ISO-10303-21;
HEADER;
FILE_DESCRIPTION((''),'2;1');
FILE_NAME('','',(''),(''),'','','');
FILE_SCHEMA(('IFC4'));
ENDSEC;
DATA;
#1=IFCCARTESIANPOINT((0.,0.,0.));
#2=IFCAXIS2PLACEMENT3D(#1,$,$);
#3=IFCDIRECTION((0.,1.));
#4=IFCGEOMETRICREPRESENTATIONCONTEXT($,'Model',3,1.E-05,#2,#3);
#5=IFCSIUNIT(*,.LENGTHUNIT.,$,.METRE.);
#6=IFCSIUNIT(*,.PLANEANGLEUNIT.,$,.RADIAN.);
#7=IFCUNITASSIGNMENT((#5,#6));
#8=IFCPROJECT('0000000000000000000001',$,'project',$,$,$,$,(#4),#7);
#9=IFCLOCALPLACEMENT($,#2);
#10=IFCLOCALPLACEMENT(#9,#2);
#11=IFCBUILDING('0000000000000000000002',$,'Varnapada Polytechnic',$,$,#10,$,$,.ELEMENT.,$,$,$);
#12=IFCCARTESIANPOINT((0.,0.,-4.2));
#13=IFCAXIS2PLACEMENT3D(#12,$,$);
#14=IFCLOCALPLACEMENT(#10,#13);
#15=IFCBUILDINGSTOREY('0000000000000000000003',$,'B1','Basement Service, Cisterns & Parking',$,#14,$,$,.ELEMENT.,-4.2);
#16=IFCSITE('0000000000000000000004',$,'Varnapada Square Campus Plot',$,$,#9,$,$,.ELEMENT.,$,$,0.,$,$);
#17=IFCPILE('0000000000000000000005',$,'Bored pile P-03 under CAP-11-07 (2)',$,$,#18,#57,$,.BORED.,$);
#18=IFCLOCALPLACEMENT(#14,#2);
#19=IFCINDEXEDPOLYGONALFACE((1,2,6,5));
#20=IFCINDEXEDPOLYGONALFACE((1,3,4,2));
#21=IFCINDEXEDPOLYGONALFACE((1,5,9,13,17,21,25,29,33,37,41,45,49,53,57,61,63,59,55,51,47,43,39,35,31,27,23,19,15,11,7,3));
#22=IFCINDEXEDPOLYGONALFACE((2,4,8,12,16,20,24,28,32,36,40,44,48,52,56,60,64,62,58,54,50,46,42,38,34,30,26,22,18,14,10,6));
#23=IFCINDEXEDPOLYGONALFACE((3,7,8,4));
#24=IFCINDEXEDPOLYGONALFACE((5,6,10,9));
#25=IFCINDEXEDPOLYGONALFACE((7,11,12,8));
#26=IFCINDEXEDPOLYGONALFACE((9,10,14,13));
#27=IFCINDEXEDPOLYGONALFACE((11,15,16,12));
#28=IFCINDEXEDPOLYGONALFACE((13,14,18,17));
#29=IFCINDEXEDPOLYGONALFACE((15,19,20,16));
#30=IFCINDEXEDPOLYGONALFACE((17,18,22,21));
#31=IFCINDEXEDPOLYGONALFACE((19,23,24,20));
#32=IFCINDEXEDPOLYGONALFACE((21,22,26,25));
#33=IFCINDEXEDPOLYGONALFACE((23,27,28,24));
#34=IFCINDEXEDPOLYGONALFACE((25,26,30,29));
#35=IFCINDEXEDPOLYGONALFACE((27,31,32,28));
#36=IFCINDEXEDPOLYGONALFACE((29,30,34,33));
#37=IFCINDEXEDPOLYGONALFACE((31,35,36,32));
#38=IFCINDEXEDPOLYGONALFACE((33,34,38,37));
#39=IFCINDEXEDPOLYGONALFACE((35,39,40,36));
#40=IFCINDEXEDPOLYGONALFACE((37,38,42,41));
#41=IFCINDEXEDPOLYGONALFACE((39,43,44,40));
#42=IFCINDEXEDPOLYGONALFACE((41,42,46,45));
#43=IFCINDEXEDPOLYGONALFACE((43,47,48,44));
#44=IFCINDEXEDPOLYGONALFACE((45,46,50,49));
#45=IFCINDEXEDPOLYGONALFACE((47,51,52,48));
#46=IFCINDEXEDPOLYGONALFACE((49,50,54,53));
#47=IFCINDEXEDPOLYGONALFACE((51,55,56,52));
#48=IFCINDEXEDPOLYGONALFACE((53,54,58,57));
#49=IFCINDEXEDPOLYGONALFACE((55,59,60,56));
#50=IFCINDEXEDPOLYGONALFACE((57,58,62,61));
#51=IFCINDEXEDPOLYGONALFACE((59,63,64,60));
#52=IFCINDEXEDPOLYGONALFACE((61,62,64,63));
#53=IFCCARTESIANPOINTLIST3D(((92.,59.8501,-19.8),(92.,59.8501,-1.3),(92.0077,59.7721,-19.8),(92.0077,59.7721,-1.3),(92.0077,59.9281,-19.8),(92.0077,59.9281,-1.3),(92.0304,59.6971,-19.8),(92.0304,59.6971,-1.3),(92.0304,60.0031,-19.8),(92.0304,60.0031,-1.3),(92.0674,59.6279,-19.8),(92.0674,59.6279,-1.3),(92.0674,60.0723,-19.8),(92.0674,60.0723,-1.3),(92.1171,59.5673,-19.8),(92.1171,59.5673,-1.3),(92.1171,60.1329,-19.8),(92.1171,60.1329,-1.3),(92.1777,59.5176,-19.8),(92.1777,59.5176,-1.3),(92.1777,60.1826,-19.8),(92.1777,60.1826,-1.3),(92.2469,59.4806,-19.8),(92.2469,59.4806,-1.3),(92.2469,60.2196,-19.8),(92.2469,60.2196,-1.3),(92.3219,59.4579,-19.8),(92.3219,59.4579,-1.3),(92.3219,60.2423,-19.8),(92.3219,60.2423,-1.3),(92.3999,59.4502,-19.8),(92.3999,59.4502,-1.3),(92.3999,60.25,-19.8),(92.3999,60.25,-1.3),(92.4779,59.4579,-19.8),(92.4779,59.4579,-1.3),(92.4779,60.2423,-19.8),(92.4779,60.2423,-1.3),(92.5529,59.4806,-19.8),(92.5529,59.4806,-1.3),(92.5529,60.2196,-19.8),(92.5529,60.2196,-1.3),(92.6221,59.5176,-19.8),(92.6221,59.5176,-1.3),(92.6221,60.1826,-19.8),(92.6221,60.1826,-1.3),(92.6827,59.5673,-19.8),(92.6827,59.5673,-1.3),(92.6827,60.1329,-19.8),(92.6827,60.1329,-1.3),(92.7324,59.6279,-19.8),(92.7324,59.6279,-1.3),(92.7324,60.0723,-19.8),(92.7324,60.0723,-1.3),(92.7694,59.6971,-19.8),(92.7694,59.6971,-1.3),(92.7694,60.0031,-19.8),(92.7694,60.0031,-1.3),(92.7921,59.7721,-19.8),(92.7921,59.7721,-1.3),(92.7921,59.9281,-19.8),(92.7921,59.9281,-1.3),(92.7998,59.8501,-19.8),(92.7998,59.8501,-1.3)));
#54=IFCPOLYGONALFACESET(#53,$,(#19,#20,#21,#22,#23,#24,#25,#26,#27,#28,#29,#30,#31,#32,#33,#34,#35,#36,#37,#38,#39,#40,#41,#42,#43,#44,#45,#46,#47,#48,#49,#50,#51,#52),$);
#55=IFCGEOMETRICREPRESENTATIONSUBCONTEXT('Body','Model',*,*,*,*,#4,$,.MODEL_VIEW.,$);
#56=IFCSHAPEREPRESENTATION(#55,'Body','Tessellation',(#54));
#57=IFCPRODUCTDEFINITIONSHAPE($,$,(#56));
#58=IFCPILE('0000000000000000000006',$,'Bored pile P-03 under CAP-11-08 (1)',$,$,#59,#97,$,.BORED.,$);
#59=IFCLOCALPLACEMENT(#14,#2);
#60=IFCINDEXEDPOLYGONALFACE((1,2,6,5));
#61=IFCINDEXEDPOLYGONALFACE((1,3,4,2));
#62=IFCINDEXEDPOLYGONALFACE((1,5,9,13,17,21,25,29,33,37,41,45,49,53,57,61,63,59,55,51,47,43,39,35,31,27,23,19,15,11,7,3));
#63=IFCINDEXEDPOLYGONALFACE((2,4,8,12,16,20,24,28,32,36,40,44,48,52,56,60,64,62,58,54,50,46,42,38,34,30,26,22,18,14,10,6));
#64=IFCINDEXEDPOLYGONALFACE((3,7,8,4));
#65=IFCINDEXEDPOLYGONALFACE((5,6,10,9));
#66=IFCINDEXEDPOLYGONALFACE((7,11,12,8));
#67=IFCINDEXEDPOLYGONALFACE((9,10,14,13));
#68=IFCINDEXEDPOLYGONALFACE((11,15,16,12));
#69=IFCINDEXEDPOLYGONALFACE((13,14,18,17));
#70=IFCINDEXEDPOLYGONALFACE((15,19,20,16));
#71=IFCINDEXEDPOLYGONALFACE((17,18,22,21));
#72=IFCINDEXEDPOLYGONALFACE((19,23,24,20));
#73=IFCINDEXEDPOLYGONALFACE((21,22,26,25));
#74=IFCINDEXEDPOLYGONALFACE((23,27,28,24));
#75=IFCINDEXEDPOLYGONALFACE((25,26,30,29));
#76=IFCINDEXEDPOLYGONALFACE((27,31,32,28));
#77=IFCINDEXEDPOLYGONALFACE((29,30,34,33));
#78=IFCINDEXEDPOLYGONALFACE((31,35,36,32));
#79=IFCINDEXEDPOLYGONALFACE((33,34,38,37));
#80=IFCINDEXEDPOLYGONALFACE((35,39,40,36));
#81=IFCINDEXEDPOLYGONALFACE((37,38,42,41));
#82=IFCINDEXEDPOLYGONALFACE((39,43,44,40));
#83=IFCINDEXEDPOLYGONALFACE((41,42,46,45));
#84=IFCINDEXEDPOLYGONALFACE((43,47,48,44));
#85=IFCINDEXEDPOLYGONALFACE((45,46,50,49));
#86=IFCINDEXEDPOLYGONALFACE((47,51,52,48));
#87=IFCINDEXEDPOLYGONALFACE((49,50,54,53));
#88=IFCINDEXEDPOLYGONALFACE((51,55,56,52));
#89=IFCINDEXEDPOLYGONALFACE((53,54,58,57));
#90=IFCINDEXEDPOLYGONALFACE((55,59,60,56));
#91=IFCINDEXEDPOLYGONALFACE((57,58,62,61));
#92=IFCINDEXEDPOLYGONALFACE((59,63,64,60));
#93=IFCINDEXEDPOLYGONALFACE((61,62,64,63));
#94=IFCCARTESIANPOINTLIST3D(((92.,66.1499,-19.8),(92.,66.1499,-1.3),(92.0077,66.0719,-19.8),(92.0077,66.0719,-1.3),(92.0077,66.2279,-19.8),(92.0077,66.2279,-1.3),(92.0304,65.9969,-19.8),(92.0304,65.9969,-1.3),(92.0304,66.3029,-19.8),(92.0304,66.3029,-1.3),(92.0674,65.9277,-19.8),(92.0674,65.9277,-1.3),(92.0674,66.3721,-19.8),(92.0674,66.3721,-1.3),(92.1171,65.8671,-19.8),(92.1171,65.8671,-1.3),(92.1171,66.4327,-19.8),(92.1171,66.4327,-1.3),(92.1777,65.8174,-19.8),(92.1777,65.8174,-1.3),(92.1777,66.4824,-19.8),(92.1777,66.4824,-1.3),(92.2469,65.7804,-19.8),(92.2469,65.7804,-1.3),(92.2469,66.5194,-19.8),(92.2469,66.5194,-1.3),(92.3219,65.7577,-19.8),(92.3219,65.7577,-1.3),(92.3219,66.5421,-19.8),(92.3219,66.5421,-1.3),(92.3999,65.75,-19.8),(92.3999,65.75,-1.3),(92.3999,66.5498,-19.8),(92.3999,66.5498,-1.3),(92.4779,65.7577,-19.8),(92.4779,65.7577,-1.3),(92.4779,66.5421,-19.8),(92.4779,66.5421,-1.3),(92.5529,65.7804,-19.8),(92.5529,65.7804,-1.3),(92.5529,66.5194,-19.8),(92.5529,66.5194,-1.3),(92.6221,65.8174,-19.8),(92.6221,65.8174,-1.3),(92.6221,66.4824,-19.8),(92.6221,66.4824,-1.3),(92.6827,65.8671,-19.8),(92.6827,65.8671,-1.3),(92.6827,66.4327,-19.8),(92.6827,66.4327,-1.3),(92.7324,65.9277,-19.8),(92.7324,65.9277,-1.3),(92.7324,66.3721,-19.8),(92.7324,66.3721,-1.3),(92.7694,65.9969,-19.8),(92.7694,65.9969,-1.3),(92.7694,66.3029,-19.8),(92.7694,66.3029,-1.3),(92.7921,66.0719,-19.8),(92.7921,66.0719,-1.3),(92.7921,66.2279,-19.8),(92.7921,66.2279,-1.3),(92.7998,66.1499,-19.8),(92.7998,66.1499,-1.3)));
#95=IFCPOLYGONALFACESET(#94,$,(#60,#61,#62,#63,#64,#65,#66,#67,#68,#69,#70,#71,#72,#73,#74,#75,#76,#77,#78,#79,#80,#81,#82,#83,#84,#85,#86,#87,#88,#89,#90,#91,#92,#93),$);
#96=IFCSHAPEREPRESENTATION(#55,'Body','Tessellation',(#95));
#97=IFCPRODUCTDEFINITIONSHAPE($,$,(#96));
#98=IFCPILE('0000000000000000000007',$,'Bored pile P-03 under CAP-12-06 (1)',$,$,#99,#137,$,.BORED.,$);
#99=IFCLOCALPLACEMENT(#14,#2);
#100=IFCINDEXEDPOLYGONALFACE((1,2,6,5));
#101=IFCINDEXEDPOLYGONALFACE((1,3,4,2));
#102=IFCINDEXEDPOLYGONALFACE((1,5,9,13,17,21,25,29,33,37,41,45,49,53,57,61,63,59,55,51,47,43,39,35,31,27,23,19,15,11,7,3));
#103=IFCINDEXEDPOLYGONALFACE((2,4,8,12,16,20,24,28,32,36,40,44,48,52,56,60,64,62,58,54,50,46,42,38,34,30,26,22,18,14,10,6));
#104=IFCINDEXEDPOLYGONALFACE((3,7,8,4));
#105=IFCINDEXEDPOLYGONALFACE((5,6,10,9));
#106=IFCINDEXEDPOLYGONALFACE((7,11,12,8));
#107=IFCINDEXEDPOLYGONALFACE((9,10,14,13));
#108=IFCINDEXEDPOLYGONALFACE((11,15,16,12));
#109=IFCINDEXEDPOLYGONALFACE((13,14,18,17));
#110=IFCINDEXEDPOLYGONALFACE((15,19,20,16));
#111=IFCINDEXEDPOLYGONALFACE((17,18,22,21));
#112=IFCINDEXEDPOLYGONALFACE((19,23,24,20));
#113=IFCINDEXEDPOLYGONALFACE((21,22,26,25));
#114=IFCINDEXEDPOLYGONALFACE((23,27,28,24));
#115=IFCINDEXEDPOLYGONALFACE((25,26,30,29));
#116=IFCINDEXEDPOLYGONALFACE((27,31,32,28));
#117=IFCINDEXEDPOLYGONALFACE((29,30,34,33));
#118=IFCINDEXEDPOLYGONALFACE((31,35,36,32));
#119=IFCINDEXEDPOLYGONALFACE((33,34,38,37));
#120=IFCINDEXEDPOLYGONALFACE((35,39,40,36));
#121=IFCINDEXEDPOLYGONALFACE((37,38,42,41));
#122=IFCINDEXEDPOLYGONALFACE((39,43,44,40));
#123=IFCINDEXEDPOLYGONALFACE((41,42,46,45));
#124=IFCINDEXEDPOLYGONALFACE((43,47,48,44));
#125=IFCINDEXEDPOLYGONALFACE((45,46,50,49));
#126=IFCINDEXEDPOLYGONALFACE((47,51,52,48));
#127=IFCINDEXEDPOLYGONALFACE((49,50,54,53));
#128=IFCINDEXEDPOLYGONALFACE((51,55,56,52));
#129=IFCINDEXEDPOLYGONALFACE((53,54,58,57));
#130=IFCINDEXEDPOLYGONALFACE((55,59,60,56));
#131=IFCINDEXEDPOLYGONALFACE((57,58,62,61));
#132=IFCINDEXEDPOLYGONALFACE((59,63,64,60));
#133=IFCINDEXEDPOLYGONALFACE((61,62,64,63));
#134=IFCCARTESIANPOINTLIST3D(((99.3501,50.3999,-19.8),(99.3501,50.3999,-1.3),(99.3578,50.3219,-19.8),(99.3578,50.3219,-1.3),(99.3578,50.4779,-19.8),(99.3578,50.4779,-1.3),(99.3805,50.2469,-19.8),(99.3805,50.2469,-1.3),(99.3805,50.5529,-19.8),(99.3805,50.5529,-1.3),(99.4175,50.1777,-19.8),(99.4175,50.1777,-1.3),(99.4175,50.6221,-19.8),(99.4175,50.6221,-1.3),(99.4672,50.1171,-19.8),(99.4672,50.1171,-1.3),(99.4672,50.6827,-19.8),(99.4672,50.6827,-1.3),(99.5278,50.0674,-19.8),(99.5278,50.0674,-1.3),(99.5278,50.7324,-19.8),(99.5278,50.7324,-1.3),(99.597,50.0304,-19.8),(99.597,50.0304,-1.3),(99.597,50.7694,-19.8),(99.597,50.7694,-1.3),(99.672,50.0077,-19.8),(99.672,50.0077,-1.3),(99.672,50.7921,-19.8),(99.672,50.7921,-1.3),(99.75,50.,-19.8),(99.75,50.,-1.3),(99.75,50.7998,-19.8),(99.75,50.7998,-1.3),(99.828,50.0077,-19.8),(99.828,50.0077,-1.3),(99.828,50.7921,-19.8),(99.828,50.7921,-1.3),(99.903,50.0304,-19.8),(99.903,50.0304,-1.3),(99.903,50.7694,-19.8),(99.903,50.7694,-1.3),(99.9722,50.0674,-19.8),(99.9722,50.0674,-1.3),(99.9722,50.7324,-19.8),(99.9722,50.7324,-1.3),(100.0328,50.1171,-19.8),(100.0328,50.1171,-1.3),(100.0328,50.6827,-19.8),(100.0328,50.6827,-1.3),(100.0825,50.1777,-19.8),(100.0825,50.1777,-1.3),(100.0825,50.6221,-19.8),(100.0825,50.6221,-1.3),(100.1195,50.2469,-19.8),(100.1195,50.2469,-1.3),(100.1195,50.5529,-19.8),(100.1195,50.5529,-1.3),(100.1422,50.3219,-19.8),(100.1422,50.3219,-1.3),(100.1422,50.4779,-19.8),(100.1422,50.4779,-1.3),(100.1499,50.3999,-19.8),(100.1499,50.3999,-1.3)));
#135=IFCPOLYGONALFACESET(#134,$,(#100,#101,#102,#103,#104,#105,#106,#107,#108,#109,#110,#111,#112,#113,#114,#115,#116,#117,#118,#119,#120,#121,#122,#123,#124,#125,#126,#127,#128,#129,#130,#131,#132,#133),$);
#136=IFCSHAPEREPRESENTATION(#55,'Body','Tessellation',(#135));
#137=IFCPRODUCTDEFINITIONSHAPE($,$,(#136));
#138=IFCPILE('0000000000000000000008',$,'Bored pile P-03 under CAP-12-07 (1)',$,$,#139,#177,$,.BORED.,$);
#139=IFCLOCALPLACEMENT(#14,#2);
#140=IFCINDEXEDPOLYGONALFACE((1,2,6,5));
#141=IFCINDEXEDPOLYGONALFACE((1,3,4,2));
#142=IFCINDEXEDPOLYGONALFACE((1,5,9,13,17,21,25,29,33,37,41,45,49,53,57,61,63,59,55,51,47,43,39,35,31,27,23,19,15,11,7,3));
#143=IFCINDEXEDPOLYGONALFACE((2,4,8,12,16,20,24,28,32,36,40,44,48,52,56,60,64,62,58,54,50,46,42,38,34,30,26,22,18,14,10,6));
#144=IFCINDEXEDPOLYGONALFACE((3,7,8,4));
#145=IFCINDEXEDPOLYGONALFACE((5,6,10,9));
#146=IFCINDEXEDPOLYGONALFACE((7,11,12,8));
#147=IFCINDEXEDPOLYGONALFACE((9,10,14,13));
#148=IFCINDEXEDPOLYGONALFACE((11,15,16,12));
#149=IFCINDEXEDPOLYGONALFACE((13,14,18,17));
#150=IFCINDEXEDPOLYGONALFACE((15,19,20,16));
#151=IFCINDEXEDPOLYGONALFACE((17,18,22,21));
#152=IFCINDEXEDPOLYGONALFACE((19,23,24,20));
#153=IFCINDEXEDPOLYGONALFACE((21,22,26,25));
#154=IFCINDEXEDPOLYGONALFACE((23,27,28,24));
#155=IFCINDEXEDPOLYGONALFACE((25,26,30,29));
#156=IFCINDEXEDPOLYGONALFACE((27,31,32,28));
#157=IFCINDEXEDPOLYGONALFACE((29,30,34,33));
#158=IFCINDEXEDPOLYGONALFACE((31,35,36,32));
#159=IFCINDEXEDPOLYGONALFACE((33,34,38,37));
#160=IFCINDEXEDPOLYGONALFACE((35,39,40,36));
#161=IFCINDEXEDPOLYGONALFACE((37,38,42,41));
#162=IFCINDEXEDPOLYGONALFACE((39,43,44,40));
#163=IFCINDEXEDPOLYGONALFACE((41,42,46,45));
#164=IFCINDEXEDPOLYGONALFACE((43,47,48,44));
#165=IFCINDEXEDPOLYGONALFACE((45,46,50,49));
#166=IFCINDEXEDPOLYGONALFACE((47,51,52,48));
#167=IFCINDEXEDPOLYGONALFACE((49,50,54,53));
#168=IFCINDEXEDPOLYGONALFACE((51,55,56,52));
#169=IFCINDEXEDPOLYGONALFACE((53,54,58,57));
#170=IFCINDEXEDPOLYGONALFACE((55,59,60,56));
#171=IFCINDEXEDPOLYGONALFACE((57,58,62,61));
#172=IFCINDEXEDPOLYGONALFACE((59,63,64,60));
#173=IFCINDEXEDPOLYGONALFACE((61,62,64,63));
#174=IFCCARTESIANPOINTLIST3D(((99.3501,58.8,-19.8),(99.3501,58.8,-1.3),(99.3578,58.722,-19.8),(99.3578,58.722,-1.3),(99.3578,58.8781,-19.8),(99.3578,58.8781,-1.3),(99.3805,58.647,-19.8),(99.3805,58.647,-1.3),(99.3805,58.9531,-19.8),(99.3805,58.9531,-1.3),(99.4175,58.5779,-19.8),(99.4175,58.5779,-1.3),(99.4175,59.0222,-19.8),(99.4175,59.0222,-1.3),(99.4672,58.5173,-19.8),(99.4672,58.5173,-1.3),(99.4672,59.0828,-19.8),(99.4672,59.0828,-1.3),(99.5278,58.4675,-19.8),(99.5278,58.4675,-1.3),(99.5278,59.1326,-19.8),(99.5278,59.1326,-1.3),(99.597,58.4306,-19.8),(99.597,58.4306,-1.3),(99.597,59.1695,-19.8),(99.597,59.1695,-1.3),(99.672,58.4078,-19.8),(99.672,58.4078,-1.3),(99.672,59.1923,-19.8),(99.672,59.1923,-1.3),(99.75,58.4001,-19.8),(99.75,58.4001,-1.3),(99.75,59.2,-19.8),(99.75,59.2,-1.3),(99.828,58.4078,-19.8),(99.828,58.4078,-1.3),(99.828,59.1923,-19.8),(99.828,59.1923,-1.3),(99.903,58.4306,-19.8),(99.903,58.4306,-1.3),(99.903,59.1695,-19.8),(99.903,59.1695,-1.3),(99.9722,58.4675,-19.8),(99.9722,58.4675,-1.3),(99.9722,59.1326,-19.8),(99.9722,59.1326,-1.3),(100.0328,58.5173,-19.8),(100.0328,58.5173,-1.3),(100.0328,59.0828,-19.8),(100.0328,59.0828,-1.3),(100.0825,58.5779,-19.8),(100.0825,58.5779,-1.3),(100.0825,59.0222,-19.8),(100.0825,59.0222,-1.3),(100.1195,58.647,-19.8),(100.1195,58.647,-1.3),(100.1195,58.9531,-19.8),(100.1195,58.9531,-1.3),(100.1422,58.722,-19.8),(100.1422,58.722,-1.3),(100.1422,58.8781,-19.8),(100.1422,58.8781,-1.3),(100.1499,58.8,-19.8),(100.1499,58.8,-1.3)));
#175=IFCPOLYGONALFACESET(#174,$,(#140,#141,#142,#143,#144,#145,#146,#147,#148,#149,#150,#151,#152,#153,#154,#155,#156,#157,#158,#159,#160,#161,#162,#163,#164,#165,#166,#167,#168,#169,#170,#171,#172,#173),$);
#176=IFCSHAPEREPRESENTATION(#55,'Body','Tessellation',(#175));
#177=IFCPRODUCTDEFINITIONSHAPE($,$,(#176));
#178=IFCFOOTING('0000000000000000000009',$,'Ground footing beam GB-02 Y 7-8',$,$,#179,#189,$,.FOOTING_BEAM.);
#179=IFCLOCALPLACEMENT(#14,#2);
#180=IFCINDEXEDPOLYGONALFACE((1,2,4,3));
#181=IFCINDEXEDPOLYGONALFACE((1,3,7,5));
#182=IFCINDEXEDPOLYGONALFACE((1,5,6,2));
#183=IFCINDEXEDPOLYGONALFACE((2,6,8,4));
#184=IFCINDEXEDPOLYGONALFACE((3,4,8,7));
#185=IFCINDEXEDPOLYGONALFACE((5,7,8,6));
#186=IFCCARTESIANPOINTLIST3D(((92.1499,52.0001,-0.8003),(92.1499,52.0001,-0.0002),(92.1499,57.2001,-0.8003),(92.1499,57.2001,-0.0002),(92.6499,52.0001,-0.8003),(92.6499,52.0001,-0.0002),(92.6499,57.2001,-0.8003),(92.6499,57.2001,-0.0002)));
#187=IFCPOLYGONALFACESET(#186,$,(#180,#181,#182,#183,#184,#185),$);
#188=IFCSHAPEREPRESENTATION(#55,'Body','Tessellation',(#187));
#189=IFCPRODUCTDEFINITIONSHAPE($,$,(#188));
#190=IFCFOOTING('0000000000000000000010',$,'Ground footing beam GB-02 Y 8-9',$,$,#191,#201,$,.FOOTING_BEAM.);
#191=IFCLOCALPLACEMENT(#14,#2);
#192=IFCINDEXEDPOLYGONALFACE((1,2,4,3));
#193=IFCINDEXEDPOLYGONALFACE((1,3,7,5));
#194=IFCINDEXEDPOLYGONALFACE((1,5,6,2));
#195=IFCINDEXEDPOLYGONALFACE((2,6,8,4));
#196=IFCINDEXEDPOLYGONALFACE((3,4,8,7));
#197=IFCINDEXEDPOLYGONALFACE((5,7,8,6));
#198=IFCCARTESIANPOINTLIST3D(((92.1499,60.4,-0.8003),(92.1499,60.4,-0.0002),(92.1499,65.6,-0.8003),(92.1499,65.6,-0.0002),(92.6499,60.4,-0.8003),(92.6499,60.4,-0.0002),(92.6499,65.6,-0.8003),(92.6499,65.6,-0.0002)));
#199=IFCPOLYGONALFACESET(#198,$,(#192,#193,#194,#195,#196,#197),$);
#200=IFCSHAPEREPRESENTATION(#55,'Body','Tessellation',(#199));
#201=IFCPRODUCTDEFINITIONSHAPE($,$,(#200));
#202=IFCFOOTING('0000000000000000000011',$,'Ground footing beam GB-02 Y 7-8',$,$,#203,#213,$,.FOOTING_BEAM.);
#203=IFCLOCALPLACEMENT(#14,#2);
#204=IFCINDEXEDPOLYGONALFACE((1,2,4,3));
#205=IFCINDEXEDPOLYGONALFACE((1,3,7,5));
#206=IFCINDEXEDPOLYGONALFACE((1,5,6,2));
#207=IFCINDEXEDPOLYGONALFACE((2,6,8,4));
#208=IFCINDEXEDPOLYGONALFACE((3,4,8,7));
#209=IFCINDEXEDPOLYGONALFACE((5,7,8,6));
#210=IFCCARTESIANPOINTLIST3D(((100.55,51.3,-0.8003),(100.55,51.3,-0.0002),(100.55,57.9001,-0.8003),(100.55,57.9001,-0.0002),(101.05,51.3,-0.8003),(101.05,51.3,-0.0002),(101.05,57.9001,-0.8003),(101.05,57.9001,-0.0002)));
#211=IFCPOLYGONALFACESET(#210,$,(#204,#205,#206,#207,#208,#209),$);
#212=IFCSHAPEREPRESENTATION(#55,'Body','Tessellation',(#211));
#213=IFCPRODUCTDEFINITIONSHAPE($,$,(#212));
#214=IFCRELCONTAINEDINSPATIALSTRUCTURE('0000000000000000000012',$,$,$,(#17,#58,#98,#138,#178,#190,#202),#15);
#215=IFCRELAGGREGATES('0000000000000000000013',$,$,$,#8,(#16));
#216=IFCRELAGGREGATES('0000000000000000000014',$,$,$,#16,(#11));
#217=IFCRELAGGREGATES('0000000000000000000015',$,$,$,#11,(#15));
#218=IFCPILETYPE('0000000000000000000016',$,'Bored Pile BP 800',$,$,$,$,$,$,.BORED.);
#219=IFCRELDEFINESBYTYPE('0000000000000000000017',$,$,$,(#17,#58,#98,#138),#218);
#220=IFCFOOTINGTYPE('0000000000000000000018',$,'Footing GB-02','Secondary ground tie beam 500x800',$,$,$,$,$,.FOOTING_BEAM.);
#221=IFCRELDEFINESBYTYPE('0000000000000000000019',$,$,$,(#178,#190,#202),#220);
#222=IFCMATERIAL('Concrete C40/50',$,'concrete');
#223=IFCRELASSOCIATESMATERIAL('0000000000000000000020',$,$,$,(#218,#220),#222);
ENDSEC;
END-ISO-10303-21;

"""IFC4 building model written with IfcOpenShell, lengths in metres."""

from ifc_helpers import new_model, si_unit, direction, frame, origin, origin_2d, place, context, subcontext, project, spatial, rectangle, circle, extrude, material, material_profile, profile_set, type_object, element, save


model = new_model("IFC4")

# Units and contexts
model_context = context("Model", 3, precision=1e-05, world=origin(), true_north=direction((0.0, 1.0)))
body_context = subcontext(model_context, "Body", "Model", "MODEL_VIEW")
ifc_project = project(units=[si_unit("LENGTHUNIT", "METRE"), si_unit("PLANEANGLEUNIT", "RADIAN")], contexts=[model_context])

# Site, building, storey
site_placement = place(None, origin())
site = spatial("IfcSite", under=ifc_project, at=site_placement, Name="Varnapada Square Campus Plot", CompositionType="ELEMENT", RefElevation=0.0)
building_placement = place(site_placement, origin())
building = spatial("IfcBuilding", under=site, at=building_placement, Name="Varnapada Polytechnic", CompositionType="ELEMENT")
storey_placement = place(building_placement, frame((0.0, 0.0, -4.2)))
storey = spatial("IfcBuildingStorey", under=building, at=storey_placement, Name="B1", Description="Basement Service, Cisterns & Parking", CompositionType="ELEMENT", Elevation=-4.2)

# Piles
ifc_material_1 = material(Name="Concrete C40/50", Category="concrete")
ifc_material_profile_1 = material_profile(ifc_material_1, circle(Radius=0.3999, at=origin_2d()), Name="BP 800")
ifc_profile_set_1 = profile_set([ifc_material_profile_1], Name="Concrete C40/50")
pile_type = type_object("IfcPileType", Name="Bored Pile BP 800", PredefinedType="BORED", material=ifc_profile_set_1)
for number, where, z_axis, x_axis, name in (
    (1, (92.3999, 59.8501, -1.3), (0.0, 0.0, -1.0), (1.0, 0.0, 0.0), "Bored pile P-03 under CAP-11-07 (2)"),
    (2, (92.3999, 66.1499, -1.3), (0.0, 0.0, -1.0), (1.0, 0.0, 0.0), "Bored pile P-03 under CAP-11-08 (1)"),
    (3, (99.75, 50.3999, -1.3), (0.0, 0.0, -1.0), (1.0, 0.0, 0.0), "Bored pile P-03 under CAP-12-06 (1)"),
    (4, (99.75, 58.8, -1.3), (0.0, 0.0, -1.0), (1.0, 0.0, 0.0), "Bored pile P-03 under CAP-12-07 (1)"),
):
    element("IfcPile", number, at=place(storey_placement, frame(where, z_axis=z_axis, x_axis=x_axis)), inside=storey, type_object=pile_type, Name=name, PredefinedType="BORED", context=body_context, shape_type="SweptSolid", body=[
        extrude(circle(Radius=0.3999, at=origin_2d()), origin(), (0.0, 0.0, 1.0), 18.5),
    ])

# Footings
footing_type_1 = type_object("IfcFootingType", Name="Footing GB-02", Description="Secondary ground tie beam 500x800", PredefinedType="FOOTING_BEAM", material=ifc_material_1)
for number, where, z_axis, x_axis, name in (
    (5, (92.3999, 54.6001, -0.8003), (0.0, 0.0, 1.0), (0.0, 1.0, 0.0), "Ground footing beam GB-02 Y 7-8"),
    (6, (92.3999, 63.0, -0.8003), (0.0, 0.0, 1.0), (0.0, 1.0, 0.0), "Ground footing beam GB-02 Y 8-9"),
):
    element("IfcFooting", number, at=place(storey_placement, frame(where, z_axis=z_axis, x_axis=x_axis)), inside=storey, type_object=footing_type_1, Name=name, PredefinedType="FOOTING_BEAM", context=body_context, shape_type="SweptSolid", body=[
        extrude(rectangle(XDim=5.2, YDim=0.5, at=origin_2d()), origin(), (0.0, 0.0, 1.0), 0.8),
    ])
footing_1_placement = place(storey_placement, frame((100.8, 54.6001, -0.8003), z_axis=(0.0, 0.0, 1.0), x_axis=(0.0, 1.0, 0.0)))
element("IfcFooting", 7, at=footing_1_placement, inside=storey, type_object=footing_type_1, Name="Ground footing beam GB-02 Y 7-8", PredefinedType="FOOTING_BEAM", context=body_context, shape_type="SweptSolid", body=[
    extrude(rectangle(XDim=6.6001, YDim=0.5, at=origin_2d()), origin(), (0.0, 0.0, 1.0), 0.8),
])

save(model, "model.ifc")
